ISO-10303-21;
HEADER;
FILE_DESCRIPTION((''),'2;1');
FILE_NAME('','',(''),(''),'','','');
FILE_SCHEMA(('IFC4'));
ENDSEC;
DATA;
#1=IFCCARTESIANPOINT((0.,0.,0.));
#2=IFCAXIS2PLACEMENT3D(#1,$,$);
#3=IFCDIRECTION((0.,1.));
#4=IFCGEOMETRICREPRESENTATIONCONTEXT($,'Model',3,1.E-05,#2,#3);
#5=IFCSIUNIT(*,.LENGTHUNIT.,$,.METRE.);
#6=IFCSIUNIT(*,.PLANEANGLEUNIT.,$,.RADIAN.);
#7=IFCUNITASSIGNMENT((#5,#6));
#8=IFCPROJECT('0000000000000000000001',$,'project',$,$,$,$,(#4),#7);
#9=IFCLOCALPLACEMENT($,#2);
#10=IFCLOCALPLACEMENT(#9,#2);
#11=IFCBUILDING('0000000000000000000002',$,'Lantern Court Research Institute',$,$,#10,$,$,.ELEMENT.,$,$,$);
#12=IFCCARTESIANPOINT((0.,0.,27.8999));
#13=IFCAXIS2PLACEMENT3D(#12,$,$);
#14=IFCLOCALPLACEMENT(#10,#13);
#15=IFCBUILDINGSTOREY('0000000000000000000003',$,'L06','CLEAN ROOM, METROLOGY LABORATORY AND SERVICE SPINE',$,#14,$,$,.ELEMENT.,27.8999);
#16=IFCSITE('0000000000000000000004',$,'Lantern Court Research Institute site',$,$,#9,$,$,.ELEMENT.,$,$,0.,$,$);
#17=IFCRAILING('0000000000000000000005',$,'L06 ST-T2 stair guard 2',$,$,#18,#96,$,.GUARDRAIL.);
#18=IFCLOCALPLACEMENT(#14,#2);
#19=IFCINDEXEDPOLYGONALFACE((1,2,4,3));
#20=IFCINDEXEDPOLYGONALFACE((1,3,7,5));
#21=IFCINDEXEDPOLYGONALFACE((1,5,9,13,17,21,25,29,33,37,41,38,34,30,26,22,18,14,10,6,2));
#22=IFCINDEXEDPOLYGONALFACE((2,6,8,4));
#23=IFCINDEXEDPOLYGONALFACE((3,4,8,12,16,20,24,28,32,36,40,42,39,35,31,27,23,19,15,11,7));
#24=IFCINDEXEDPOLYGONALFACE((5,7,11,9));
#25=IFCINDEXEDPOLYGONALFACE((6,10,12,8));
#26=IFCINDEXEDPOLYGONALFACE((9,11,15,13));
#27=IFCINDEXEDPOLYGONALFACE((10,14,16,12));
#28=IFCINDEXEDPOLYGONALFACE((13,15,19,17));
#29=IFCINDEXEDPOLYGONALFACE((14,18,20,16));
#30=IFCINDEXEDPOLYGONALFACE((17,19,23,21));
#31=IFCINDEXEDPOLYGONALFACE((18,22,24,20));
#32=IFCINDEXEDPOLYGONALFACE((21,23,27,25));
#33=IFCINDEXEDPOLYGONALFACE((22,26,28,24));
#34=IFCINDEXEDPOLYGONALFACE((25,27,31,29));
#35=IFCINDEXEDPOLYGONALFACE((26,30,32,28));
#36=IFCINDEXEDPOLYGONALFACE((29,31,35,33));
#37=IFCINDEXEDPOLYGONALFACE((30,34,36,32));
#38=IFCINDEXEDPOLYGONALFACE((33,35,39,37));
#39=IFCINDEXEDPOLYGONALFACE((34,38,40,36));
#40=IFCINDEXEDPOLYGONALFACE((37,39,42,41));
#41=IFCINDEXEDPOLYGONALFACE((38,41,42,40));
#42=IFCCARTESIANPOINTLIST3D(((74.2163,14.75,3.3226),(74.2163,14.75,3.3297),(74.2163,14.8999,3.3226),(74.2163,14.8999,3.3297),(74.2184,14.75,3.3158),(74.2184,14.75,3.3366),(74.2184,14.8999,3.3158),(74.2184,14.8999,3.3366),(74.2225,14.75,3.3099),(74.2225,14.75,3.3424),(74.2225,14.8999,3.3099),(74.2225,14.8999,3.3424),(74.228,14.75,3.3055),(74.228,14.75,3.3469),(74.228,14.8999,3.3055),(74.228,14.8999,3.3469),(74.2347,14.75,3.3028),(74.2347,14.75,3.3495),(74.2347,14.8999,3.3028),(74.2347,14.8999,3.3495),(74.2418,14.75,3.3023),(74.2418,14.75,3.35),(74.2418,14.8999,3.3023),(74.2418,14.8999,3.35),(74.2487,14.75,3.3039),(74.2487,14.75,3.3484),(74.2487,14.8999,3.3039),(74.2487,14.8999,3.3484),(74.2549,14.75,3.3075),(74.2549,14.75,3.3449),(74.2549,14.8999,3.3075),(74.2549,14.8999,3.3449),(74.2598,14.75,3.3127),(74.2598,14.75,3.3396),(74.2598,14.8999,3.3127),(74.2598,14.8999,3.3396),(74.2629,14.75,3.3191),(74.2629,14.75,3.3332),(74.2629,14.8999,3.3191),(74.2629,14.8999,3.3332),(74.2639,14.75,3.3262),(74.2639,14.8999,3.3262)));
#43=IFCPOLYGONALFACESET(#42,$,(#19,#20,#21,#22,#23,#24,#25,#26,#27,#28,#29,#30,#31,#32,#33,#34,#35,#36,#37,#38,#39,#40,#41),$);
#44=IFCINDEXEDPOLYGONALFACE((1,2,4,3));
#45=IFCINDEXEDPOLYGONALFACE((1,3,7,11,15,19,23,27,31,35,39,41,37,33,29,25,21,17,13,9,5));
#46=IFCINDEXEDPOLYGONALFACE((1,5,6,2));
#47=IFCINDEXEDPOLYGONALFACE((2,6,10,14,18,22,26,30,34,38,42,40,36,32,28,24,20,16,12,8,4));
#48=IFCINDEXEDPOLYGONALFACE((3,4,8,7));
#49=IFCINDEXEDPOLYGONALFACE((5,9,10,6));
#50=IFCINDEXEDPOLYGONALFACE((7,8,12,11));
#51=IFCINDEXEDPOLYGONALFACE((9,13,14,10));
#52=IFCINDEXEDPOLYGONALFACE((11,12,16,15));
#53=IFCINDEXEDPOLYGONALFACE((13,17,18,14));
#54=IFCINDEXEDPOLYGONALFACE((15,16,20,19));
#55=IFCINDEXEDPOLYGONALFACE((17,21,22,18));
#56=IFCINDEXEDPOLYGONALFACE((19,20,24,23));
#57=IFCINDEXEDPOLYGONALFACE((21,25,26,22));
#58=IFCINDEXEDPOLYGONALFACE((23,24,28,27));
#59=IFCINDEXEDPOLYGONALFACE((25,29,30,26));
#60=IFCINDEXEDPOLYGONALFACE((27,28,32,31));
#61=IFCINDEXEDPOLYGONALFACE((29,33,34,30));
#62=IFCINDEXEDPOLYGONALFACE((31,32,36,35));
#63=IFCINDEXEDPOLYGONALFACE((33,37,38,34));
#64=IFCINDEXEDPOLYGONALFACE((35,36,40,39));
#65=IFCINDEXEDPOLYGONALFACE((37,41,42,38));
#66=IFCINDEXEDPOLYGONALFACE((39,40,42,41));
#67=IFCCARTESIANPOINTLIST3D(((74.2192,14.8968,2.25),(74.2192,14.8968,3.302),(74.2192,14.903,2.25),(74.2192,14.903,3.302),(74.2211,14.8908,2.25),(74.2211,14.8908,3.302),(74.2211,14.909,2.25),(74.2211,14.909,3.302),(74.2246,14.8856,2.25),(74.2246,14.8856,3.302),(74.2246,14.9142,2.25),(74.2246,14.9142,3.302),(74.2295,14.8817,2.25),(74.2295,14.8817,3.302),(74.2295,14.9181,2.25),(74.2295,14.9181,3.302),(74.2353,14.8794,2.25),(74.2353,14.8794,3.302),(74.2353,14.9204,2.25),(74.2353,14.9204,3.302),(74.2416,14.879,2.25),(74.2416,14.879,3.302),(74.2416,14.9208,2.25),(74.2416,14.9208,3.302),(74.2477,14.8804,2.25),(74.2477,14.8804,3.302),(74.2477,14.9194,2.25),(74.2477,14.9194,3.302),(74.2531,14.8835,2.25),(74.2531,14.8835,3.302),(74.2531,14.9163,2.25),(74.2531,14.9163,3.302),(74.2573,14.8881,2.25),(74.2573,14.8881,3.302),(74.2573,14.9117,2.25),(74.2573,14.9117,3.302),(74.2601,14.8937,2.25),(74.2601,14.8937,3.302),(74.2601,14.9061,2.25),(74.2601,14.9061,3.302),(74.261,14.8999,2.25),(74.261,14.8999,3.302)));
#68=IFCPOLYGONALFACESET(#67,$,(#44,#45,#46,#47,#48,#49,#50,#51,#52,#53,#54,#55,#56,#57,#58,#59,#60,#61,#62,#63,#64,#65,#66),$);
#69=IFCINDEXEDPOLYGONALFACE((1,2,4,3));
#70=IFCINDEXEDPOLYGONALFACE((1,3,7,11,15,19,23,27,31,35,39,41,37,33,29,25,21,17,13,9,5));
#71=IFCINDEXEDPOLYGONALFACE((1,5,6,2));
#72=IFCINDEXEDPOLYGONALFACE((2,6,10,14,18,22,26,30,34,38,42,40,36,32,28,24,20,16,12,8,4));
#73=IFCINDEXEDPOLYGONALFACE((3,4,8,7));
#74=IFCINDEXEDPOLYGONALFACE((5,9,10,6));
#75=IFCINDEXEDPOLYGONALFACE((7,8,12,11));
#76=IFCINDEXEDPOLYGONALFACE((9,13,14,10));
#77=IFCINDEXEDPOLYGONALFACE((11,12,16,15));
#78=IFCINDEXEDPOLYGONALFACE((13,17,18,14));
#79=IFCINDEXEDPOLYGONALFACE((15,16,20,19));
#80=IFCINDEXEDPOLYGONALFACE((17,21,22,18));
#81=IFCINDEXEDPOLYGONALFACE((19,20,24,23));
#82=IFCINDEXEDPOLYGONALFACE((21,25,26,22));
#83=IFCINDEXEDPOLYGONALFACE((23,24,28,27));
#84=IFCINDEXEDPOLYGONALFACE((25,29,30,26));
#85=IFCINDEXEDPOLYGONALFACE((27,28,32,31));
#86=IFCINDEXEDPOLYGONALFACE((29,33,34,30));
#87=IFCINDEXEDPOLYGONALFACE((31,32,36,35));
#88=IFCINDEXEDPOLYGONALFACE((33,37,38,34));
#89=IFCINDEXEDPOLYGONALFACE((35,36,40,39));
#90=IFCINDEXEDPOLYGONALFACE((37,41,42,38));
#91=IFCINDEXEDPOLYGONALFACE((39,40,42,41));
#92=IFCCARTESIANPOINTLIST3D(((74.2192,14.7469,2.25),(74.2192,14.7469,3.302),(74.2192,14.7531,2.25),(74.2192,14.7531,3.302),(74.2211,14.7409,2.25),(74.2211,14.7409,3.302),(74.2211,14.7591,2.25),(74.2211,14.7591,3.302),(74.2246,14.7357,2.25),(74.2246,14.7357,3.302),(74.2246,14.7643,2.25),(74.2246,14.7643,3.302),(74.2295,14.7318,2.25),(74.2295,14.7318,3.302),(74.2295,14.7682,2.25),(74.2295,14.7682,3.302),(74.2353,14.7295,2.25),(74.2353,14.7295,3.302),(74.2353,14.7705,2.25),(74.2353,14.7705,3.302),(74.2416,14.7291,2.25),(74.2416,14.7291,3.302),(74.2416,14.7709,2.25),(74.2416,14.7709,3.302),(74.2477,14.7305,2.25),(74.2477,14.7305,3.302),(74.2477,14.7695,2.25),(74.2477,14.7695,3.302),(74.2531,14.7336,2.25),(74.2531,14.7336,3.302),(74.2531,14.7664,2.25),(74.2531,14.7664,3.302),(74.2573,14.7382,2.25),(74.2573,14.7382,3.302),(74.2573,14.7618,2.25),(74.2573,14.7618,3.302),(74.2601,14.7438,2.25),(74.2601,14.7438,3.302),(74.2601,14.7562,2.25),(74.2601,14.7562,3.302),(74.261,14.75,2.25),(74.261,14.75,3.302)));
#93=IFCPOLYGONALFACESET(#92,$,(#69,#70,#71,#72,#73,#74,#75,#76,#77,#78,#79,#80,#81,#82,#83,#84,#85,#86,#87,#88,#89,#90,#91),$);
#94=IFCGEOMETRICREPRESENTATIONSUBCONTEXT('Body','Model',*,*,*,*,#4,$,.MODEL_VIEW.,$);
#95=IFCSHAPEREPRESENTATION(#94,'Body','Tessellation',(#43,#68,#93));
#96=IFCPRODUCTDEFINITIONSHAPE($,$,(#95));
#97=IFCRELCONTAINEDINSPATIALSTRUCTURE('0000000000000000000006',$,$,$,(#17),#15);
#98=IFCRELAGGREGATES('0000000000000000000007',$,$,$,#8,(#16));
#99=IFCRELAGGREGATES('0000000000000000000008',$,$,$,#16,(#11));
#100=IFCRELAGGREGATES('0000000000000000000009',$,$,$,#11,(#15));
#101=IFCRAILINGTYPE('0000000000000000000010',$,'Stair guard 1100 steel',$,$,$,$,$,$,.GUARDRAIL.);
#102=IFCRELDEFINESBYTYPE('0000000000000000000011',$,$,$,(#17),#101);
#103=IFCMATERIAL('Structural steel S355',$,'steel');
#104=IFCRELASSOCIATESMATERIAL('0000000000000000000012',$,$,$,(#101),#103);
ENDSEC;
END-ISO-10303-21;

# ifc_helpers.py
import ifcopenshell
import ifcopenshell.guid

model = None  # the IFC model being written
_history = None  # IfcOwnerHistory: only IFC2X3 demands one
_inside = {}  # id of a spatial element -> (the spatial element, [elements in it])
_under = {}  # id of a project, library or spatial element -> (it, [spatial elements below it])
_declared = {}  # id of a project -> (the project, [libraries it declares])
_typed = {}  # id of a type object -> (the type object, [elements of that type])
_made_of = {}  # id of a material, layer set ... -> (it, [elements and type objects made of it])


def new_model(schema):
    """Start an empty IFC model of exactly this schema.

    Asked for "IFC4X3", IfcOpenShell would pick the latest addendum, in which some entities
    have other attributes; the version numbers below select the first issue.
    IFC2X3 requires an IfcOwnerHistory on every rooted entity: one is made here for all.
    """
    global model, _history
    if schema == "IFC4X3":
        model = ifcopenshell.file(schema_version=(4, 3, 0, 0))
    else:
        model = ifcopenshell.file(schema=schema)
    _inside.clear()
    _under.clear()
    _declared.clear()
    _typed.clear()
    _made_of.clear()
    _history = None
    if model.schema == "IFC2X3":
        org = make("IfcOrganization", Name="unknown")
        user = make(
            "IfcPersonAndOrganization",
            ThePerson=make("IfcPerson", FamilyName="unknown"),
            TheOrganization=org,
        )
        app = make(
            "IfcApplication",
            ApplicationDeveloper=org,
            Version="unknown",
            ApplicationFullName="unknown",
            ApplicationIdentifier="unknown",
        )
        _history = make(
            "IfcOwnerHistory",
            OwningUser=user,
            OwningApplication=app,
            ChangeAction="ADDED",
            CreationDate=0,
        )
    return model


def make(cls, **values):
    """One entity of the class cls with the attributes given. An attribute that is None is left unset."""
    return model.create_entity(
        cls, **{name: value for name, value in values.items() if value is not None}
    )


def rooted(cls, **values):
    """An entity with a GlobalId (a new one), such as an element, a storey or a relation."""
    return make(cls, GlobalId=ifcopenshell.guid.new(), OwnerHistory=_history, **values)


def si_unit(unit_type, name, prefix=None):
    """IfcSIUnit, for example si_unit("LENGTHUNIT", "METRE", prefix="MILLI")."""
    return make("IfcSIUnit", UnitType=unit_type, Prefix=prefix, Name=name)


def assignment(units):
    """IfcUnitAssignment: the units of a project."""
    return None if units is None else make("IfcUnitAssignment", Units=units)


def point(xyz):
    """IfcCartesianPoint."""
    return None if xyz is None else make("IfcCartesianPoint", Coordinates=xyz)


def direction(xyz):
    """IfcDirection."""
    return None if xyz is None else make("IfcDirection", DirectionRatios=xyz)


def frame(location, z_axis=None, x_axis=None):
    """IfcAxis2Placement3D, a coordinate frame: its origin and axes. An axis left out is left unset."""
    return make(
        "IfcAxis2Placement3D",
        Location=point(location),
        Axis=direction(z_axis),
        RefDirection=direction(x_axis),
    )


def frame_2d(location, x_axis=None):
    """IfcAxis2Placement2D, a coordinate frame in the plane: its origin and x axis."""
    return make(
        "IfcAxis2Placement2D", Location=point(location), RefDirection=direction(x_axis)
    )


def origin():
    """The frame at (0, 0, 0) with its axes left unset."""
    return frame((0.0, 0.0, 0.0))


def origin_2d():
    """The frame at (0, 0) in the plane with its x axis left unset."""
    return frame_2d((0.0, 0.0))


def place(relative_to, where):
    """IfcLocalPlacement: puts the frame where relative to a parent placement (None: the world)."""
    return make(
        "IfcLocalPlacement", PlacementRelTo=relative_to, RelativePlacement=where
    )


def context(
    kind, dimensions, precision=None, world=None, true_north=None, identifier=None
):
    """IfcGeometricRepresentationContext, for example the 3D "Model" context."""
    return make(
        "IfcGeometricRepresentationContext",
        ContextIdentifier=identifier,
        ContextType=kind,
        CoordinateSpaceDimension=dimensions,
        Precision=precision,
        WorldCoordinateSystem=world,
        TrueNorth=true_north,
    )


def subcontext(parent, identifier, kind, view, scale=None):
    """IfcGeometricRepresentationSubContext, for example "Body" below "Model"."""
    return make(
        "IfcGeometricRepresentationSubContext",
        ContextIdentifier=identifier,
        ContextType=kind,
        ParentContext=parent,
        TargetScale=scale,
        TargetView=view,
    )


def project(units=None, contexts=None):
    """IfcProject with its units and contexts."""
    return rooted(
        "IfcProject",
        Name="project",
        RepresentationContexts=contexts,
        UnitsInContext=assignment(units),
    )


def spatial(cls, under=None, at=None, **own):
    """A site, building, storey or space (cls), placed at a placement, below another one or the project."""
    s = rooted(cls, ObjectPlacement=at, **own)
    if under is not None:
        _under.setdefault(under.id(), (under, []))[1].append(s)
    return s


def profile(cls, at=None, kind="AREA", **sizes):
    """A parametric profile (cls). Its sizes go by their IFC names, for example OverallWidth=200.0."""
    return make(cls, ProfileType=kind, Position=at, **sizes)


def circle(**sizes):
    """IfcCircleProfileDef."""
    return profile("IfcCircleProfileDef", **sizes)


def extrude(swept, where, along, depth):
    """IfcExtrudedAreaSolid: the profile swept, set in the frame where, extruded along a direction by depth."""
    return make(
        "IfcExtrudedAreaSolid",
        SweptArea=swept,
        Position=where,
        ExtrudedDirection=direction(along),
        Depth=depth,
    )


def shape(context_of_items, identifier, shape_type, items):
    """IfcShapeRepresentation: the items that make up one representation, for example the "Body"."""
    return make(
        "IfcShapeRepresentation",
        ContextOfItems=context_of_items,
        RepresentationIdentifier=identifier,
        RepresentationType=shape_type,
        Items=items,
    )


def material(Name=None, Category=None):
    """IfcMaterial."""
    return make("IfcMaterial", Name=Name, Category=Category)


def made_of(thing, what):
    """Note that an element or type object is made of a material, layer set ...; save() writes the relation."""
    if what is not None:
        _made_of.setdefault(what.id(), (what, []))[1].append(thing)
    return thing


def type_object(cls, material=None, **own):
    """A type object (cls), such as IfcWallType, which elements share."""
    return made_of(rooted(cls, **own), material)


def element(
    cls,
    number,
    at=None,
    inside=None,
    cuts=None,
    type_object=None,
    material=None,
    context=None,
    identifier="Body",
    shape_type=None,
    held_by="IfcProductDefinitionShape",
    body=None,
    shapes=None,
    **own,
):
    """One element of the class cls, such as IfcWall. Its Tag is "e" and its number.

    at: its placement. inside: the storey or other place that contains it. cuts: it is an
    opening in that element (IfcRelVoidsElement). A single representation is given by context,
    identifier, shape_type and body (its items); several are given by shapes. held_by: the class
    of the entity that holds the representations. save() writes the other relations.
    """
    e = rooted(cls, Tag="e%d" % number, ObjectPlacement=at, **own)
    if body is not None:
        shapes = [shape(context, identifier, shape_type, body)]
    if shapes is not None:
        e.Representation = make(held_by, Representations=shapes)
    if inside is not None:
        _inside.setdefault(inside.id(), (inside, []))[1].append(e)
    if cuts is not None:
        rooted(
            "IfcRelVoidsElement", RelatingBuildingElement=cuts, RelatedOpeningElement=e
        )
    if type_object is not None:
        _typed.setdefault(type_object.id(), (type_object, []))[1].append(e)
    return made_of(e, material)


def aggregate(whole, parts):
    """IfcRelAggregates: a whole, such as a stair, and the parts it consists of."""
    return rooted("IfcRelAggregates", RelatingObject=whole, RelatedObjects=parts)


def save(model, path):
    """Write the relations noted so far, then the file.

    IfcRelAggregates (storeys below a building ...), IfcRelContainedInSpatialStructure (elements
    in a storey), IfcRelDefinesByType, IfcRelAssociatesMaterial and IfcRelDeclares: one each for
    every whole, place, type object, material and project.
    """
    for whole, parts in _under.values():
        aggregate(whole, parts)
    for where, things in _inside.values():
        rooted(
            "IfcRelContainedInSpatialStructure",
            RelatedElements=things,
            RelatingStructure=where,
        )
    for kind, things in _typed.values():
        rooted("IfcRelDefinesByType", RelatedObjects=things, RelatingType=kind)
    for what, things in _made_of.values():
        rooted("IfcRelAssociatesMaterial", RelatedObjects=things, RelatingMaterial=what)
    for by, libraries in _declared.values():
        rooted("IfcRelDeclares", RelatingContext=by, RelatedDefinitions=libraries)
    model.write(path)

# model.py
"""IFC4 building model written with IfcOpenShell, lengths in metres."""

from ifc_helpers import new_model, si_unit, direction, frame, origin, origin_2d, place, context, subcontext, project, spatial, circle, extrude, material, type_object, element, save


model = new_model("IFC4")

# Units and contexts
model_context = context("Model", 3, precision=1e-05, world=origin(), true_north=direction((0.0, 1.0)))
body_context = subcontext(model_context, "Body", "Model", "MODEL_VIEW")
ifc_project = project(units=[si_unit("LENGTHUNIT", "METRE"), si_unit("PLANEANGLEUNIT", "RADIAN")], contexts=[model_context])

# Site, building, storey
site_placement = place(None, origin())
site = spatial("IfcSite", under=ifc_project, at=site_placement, Name="Lantern Court Research Institute site", CompositionType="ELEMENT", RefElevation=0.0)
building_placement = place(site_placement, origin())
building = spatial("IfcBuilding", under=site, at=building_placement, Name="Lantern Court Research Institute", CompositionType="ELEMENT")
storey_placement = place(building_placement, frame((0.0, 0.0, 27.8999)))
storey = spatial("IfcBuildingStorey", under=building, at=storey_placement, Name="L06", Description="CLEAN ROOM, METROLOGY LABORATORY AND SERVICE SPINE", CompositionType="ELEMENT", Elevation=27.8999)

# Railing
ifc_material_1 = material(Name="Structural steel S355", Category="steel")
railing_type_1 = type_object("IfcRailingType", Name="Stair guard 1100 steel", PredefinedType="GUARDRAIL", material=ifc_material_1)
railing_1_placement = place(storey_placement, frame((74.24, 14.8999, 2.25)))
element("IfcRailing", 1, at=railing_1_placement, inside=storey, type_object=railing_type_1, Name="L06 ST-T2 stair guard 2", PredefinedType="GUARDRAIL", context=body_context, shape_type="SweptSolid", body=[
    extrude(circle(Radius=0.0239, at=origin_2d()), frame((0.0, 0.0, 1.0762), z_axis=(0.0, -1.0, 0.0), x_axis=(1.0, 0.0, 0.0)), (0.0, 0.0, 1.0), 0.1499),
    extrude(circle(Radius=0.021, at=origin_2d()), origin(), (0.0, 0.0, 1.0), 1.052),
    extrude(circle(Radius=0.021, at=origin_2d()), frame((0.0, -0.1499, 0.0)), (0.0, 0.0, 1.0), 1.052),
])

save(model, "model.ifc")
